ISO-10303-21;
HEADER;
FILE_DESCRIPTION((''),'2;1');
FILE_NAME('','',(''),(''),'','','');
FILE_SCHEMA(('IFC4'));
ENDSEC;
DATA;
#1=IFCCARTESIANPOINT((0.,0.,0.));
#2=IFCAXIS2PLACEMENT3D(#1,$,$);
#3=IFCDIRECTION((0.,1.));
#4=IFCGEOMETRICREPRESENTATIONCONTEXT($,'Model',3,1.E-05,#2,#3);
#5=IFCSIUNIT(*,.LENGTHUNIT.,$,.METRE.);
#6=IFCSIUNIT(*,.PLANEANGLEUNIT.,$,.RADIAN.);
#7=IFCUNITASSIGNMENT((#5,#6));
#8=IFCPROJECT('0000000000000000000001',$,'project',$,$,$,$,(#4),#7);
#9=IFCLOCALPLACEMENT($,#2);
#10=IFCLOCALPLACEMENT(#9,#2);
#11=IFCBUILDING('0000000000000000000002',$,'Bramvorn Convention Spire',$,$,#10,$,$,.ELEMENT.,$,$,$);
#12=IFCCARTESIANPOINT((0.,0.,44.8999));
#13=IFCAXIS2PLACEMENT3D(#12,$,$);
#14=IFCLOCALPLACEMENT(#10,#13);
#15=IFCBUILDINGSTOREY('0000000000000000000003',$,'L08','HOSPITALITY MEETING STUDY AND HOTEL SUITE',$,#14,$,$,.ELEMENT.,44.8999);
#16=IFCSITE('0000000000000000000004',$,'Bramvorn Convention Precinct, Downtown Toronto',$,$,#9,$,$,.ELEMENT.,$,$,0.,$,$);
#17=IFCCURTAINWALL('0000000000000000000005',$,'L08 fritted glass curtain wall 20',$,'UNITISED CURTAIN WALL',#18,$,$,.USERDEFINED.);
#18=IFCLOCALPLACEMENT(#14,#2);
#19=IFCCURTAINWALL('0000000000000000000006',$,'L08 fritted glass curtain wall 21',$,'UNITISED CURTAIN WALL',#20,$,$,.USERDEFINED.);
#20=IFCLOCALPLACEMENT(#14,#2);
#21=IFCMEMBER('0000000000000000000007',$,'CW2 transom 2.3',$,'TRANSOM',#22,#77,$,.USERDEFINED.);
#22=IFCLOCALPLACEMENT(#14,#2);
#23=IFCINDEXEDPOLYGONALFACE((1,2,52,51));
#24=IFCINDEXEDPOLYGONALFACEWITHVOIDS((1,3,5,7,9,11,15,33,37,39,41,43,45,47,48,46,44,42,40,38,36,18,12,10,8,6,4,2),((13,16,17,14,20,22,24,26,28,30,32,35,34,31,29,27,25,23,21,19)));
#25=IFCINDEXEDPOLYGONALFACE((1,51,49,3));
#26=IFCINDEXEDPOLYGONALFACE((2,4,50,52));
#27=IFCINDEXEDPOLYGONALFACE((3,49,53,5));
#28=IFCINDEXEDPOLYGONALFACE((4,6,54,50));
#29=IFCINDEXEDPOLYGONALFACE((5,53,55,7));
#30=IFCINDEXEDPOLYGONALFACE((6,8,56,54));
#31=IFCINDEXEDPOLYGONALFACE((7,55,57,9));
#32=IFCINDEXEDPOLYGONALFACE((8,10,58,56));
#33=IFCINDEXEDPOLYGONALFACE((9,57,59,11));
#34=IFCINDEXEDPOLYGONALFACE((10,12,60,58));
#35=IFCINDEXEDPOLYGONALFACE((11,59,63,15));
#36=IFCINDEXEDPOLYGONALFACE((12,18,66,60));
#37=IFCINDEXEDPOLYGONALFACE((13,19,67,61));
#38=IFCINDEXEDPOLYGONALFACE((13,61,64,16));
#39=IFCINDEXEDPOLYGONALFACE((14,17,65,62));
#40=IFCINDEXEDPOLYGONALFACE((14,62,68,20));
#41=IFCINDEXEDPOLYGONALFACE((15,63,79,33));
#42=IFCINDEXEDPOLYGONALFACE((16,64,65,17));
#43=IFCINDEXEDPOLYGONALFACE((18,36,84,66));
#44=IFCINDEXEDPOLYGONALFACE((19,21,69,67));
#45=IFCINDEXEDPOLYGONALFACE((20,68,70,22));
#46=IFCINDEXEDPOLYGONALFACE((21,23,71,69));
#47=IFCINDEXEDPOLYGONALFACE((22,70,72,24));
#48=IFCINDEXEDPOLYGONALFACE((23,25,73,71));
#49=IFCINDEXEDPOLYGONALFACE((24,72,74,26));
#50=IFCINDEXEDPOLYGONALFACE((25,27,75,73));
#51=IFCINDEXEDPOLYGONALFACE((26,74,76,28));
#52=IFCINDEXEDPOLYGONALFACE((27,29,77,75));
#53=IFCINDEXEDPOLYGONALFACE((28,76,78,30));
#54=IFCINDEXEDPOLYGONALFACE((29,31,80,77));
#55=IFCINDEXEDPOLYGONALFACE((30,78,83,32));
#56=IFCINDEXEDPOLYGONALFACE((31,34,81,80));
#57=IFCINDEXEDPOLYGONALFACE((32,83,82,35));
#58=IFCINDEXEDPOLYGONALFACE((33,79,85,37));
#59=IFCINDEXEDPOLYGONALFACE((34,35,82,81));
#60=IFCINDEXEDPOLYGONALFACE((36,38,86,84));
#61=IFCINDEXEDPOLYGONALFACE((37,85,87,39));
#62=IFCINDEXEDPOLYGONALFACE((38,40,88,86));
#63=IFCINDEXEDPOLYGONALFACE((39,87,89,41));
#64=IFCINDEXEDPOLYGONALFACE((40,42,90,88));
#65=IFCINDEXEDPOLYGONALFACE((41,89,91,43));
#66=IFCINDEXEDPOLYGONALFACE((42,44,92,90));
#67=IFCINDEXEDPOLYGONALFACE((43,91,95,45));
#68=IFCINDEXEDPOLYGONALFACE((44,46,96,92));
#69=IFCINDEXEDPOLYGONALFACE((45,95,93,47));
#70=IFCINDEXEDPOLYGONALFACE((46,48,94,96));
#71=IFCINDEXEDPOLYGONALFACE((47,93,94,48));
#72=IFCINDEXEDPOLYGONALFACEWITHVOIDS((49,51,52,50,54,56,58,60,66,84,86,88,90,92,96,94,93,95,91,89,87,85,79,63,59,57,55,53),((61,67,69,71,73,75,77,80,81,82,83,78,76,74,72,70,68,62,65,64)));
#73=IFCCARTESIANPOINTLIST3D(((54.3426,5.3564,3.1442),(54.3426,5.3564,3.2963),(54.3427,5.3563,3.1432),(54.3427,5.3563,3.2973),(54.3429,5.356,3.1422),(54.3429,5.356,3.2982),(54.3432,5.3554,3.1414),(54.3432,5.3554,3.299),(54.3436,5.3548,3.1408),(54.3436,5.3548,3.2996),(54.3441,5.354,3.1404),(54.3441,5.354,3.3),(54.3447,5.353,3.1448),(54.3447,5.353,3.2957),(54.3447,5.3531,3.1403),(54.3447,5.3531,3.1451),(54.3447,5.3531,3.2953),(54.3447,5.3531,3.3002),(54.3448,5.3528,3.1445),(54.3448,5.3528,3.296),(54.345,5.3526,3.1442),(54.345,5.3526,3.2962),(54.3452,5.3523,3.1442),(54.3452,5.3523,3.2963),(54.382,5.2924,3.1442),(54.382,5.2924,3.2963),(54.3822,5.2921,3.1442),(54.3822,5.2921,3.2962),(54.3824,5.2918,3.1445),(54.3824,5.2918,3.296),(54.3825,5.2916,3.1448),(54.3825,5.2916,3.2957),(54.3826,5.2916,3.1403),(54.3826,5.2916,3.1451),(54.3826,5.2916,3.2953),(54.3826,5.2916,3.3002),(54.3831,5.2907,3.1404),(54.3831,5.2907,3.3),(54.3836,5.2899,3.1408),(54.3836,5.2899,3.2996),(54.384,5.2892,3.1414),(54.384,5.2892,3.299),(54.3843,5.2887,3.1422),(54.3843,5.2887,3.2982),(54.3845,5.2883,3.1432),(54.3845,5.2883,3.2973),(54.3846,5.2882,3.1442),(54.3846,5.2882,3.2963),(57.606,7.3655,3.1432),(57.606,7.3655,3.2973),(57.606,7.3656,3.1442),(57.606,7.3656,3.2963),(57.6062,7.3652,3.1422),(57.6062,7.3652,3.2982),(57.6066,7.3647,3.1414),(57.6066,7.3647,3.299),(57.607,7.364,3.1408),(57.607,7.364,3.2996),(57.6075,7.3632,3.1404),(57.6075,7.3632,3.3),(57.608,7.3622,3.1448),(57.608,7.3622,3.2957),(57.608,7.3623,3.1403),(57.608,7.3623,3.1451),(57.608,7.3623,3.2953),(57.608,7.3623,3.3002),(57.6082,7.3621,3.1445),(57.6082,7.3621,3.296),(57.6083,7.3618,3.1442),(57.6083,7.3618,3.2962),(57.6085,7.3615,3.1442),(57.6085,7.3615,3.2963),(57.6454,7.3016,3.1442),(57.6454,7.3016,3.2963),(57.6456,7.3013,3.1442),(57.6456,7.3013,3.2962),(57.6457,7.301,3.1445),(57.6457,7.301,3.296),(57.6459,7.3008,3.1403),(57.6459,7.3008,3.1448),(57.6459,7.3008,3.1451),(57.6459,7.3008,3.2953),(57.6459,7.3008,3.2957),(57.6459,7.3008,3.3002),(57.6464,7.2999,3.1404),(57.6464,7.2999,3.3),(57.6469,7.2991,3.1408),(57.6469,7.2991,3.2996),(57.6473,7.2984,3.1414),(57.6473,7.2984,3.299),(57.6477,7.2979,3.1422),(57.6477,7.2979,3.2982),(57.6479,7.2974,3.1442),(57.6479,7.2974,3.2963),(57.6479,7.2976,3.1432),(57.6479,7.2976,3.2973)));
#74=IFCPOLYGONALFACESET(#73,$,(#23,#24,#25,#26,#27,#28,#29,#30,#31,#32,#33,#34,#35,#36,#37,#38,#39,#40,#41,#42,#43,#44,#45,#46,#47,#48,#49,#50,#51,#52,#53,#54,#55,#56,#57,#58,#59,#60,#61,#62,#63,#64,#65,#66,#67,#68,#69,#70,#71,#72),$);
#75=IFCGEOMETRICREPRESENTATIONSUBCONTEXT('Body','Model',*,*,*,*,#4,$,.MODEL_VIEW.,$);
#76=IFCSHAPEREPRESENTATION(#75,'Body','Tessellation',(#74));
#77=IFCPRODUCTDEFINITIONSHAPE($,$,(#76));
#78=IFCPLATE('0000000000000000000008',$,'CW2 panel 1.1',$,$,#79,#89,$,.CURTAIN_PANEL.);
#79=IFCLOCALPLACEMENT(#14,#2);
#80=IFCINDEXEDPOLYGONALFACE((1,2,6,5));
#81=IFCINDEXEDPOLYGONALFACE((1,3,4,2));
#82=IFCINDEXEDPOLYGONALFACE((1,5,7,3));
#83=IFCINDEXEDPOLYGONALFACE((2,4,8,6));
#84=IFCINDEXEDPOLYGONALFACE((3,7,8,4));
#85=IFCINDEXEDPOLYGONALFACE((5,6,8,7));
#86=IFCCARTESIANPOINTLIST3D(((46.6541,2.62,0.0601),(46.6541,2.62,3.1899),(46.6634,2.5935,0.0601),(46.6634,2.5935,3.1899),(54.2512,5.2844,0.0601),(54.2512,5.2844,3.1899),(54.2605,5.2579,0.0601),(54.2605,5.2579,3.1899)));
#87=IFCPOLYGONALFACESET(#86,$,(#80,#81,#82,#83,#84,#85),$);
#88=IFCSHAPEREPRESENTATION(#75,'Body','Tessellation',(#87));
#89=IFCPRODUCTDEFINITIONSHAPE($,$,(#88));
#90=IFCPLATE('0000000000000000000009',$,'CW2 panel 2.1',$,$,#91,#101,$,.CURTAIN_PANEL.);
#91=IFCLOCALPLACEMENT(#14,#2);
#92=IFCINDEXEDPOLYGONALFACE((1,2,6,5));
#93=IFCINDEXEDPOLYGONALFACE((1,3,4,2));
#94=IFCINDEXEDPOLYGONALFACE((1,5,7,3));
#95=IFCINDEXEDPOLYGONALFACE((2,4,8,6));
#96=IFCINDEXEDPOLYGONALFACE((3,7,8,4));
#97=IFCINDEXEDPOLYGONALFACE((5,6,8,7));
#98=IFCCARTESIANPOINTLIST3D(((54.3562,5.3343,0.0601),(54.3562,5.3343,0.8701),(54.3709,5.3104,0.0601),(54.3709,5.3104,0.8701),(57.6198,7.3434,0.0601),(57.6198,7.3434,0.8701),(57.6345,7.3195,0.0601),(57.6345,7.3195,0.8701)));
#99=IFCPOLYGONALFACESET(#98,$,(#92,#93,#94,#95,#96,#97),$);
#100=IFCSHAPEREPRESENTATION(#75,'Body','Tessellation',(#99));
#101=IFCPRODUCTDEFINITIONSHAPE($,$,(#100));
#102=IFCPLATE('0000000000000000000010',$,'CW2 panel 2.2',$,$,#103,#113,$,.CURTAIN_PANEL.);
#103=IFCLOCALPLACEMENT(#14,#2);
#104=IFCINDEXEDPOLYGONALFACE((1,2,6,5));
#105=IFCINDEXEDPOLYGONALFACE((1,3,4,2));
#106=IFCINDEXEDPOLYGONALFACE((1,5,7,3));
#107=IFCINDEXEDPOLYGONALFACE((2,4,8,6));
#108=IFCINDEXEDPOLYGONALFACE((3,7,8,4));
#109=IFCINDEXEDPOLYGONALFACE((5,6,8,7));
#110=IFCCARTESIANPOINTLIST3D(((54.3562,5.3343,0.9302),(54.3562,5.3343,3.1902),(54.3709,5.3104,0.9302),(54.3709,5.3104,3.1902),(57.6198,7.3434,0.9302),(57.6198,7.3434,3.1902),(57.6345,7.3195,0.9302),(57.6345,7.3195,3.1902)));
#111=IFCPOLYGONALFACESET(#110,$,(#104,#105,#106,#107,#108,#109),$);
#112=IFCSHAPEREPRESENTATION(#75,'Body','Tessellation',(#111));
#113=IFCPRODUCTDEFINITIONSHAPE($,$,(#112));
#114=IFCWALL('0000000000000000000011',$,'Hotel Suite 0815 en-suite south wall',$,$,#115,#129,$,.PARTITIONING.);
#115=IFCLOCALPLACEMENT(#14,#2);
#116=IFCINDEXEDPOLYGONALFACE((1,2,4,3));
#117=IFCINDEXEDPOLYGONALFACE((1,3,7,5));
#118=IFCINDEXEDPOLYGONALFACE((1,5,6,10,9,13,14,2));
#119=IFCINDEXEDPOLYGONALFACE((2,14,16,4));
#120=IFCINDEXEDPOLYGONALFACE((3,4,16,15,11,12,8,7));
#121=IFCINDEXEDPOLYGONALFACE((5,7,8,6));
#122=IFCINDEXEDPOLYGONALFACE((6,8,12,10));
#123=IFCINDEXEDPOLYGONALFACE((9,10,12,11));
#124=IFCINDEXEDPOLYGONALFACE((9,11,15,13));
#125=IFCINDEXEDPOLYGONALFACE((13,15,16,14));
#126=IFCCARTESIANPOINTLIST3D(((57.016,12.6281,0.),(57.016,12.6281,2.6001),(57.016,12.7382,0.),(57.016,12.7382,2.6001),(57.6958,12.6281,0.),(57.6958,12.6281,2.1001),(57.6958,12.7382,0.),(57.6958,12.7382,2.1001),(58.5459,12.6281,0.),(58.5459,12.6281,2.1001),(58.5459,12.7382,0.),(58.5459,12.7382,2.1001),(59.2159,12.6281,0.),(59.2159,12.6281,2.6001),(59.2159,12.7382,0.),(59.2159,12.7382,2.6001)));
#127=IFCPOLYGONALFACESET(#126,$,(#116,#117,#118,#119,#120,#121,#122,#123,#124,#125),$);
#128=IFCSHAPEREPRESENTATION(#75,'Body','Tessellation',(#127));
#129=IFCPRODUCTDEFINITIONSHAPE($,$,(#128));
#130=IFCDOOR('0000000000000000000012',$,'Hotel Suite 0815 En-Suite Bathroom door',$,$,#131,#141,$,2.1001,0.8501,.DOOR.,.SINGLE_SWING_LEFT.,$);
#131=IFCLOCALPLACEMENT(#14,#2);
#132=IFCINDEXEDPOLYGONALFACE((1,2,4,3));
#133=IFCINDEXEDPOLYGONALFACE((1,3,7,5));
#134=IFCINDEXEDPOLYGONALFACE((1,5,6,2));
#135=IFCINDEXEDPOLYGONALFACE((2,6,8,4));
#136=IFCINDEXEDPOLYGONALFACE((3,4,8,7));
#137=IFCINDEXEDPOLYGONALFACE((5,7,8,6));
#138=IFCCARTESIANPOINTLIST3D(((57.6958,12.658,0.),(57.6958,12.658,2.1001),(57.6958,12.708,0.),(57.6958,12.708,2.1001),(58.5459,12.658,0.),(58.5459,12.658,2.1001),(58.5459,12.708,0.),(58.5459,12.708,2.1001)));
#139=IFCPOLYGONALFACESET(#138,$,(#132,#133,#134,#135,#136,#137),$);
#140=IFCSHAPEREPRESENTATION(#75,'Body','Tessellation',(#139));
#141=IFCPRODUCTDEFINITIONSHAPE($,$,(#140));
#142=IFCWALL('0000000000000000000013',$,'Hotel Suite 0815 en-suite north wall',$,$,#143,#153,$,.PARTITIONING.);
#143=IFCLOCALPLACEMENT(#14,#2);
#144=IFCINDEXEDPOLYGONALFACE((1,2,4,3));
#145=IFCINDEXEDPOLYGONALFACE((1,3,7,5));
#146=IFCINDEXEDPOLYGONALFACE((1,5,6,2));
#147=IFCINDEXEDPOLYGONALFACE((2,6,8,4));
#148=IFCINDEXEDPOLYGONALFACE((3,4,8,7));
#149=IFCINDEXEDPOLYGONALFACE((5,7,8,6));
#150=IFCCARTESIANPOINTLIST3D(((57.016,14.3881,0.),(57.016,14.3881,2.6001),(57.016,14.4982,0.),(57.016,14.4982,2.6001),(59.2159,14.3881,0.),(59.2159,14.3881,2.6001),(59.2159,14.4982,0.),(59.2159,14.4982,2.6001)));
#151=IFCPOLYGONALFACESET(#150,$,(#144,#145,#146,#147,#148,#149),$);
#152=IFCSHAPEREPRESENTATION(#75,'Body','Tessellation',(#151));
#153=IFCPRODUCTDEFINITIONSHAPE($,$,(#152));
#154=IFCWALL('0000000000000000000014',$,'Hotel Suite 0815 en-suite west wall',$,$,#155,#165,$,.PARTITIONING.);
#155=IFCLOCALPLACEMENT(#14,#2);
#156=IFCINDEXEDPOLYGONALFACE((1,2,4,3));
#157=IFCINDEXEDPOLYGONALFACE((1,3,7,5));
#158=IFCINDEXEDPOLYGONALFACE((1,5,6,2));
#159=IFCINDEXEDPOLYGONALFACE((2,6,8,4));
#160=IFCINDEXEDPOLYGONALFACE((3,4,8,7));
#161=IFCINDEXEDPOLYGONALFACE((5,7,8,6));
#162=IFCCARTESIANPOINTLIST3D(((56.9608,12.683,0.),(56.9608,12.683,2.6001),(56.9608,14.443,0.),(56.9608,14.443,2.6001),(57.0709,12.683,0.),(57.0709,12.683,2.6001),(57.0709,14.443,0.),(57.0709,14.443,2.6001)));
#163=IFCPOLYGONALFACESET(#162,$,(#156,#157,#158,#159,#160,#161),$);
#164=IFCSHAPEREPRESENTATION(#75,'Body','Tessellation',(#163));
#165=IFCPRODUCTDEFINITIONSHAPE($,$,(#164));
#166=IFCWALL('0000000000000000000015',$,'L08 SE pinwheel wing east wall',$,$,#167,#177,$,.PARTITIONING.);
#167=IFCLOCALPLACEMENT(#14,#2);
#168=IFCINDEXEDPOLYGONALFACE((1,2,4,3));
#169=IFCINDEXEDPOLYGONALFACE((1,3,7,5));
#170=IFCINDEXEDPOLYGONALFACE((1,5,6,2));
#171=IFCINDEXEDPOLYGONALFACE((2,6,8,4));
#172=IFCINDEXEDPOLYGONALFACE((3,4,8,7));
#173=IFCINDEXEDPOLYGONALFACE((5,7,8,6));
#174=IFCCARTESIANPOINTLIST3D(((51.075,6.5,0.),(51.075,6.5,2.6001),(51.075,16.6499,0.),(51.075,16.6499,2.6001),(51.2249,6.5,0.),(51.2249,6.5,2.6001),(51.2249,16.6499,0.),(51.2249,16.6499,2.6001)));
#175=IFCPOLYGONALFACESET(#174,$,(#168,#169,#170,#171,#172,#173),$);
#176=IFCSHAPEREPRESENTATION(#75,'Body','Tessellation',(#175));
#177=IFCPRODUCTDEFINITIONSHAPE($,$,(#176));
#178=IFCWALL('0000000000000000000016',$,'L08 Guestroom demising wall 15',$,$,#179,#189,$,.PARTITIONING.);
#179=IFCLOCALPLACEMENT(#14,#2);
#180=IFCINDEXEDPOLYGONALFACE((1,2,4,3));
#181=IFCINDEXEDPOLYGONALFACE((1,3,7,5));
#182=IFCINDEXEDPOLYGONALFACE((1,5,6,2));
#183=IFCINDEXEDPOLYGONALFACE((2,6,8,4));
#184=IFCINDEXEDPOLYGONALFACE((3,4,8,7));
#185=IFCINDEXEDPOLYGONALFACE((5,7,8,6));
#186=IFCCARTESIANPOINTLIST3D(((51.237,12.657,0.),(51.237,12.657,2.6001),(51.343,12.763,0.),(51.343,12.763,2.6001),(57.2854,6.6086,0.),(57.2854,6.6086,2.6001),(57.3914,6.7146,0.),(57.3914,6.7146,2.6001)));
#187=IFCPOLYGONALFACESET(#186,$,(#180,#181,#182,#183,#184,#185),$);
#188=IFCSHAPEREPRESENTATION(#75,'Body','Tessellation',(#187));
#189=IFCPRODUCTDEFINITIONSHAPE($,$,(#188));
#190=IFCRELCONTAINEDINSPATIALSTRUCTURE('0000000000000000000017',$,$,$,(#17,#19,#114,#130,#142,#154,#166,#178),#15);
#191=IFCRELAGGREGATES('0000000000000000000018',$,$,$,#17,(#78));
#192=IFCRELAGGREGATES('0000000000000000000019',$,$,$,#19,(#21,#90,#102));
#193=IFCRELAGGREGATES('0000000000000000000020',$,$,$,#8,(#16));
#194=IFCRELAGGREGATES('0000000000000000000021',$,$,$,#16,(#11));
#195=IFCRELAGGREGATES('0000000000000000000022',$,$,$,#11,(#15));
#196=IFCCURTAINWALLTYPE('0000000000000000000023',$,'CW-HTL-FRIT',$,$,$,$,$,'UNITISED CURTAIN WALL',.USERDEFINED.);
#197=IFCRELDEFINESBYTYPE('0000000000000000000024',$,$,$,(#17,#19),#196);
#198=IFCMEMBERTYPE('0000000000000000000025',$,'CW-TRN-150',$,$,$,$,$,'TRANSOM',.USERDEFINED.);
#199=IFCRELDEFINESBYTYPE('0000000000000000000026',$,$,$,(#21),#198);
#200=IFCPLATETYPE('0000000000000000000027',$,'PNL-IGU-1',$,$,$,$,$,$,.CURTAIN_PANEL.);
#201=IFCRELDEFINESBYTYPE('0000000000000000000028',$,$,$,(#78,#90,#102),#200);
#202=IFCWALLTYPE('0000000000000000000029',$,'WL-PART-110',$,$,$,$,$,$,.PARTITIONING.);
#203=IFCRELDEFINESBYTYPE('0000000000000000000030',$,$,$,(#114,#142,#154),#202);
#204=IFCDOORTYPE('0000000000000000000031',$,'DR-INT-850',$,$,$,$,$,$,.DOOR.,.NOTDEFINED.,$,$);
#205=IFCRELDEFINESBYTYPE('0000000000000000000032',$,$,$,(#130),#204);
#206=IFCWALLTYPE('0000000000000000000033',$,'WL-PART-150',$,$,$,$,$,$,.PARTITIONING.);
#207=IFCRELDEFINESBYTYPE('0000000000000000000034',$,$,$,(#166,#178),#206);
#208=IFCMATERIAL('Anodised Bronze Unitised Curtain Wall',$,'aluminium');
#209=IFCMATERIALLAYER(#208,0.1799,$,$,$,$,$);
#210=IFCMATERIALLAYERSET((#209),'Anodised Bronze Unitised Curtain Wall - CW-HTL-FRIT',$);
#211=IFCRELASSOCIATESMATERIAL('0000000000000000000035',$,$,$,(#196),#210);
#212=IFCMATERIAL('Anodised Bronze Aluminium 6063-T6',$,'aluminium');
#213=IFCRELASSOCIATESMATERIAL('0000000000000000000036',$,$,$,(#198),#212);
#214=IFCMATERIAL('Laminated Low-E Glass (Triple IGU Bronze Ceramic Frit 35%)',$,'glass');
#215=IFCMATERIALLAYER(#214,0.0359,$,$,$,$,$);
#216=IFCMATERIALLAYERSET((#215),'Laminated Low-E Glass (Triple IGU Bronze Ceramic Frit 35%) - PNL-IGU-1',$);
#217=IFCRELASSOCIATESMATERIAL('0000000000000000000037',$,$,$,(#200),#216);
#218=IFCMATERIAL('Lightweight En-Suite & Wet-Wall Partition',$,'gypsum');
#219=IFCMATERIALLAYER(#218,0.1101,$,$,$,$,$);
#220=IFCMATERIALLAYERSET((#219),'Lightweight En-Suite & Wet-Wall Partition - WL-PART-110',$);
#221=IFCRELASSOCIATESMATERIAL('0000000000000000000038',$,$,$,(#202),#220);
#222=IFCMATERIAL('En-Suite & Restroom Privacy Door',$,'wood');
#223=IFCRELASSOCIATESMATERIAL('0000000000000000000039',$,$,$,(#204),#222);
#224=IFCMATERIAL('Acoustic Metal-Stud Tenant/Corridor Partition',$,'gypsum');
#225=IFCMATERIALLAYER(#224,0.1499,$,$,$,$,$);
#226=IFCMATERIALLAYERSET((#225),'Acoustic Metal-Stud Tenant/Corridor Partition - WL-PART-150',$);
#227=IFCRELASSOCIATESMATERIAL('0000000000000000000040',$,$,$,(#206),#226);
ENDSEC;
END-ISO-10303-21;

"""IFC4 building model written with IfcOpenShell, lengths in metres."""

from ifc_helpers import new_model, si_unit, direction, frame, frame_2d, origin, origin_2d, place, context, subcontext, project, spatial, rectangle, hollow_rectangle, extrude, material, layer, layer_set, material_profile, profile_set, type_object, element, fill, aggregate, save


model = new_model("IFC4")

# Units and contexts
model_context = context("Model", 3, precision=1e-05, world=origin(), true_north=direction((0.0, 1.0)))
body_context = subcontext(model_context, "Body", "Model", "MODEL_VIEW")
ifc_project = project(units=[si_unit("LENGTHUNIT", "METRE"), si_unit("PLANEANGLEUNIT", "RADIAN")], contexts=[model_context])

# Site, building, storey
site_placement = place(None, origin())
site = spatial("IfcSite", under=ifc_project, at=site_placement, Name="Bramvorn Convention Precinct, Downtown Toronto", CompositionType="ELEMENT", RefElevation=0.0)
building_placement = place(site_placement, origin())
building = spatial("IfcBuilding", under=site, at=building_placement, Name="Bramvorn Convention Spire", CompositionType="ELEMENT")
storey_placement = place(building_placement, frame((0.0, 0.0, 44.8999)))
storey = spatial("IfcBuildingStorey", under=building, at=storey_placement, Name="L08", Description="HOSPITALITY MEETING STUDY AND HOTEL SUITE", CompositionType="ELEMENT", Elevation=44.8999)

# Curtain walls
ifc_material_1 = material(Name="Anodised Bronze Unitised Curtain Wall", Category="aluminium")
ifc_layer_1 = layer(ifc_material_1, 0.1799)
ifc_layer_set_1 = layer_set([ifc_layer_1], Name="Anodised Bronze Unitised Curtain Wall - CW-HTL-FRIT")
curtain_wall_type = type_object("IfcCurtainWallType", Name="CW-HTL-FRIT", ElementType="UNITISED CURTAIN WALL", PredefinedType="USERDEFINED", material=ifc_layer_set_1)
curtain_wall_1_placement = place(storey_placement, origin())
curtain_wall_1 = element("IfcCurtainWall", 1, at=curtain_wall_1_placement, inside=storey, type_object=curtain_wall_type, Name="L08 fritted glass curtain wall 20", ObjectType="UNITISED CURTAIN WALL", PredefinedType="USERDEFINED")
ifc_material_2 = material(Name="Anodised Bronze Aluminium 6063-T6", Category="aluminium")
curtain_wall_2_placement = place(storey_placement, origin())
curtain_wall_2 = element("IfcCurtainWall", 2, at=curtain_wall_2_placement, inside=storey, type_object=curtain_wall_type, Name="L08 fritted glass curtain wall 21", ObjectType="UNITISED CURTAIN WALL", PredefinedType="USERDEFINED")

# Member
ifc_material_profile_1 = material_profile(ifc_material_2, hollow_rectangle(XDim=0.0801, YDim=0.1599, WallThickness=0.0039, InnerFilletRadius=0.001, OuterFilletRadius=0.0039, at=origin_2d()))
ifc_profile_set_1 = profile_set([ifc_material_profile_1], Name="Anodised Bronze Aluminium 6063-T6 - CWT80X160")
member_type_1 = type_object("IfcMemberType", Name="CW-TRN-150", ElementType="TRANSOM", PredefinedType="USERDEFINED", material=ifc_profile_set_1)
member_1_placement = place(storey_placement, frame((57.627, 7.3315, 3.2202), z_axis=(-0.85154, -0.524289, 0.0), x_axis=(0.524289, -0.85154, 0.0)))
member_1 = element("IfcMember", 3, at=member_1_placement, type_object=member_type_1, Name="CW2 transom 2.3", ObjectType="TRANSOM", PredefinedType="USERDEFINED", context=body_context, shape_type="SweptSolid", body=[
    extrude(hollow_rectangle(XDim=0.0801, YDim=0.1599, WallThickness=0.0039, InnerFilletRadius=0.001, OuterFilletRadius=0.0039, at=origin_2d()), origin(), (0.0, 0.0, 1.0), 3.8323),
])

# Plates
ifc_material_3 = material(Name="Laminated Low-E Glass (Triple IGU Bronze Ceramic Frit 35%)", Category="glass")
ifc_layer_2 = layer(ifc_material_3, 0.0359)
ifc_layer_set_2 = layer_set([ifc_layer_2], Name="Laminated Low-E Glass (Triple IGU Bronze Ceramic Frit 35%) - PNL-IGU-1")
plate_type = type_object("IfcPlateType", Name="PNL-IGU-1", PredefinedType="CURTAIN_PANEL", material=ifc_layer_set_2)
plate_1_placement = place(storey_placement, frame((50.4573, 3.939, 0.0601), z_axis=(0.0, 0.0, 1.0), x_axis=(-0.94365, -0.330946, 0.0)))
plate_1 = element("IfcPlate", 4, at=plate_1_placement, type_object=plate_type, Name="CW2 panel 1.1", PredefinedType="CURTAIN_PANEL", context=body_context, shape_type="SweptSolid", body=[
    extrude(rectangle(XDim=8.0508, YDim=0.0281, at=origin_2d()), origin(), (0.0, 0.0, 1.0), 3.1299),
])
aggregate(curtain_wall_1, [plate_1])
plate_2_placement = place(storey_placement, frame((55.9954, 6.3269, 0.0601), z_axis=(0.0, 0.0, 1.0), x_axis=(-0.851568, -0.524244, 0.0)))
plate_2 = element("IfcPlate", 5, at=plate_2_placement, type_object=plate_type, Name="CW2 panel 2.1", PredefinedType="CURTAIN_PANEL", context=body_context, shape_type="SweptSolid", body=[
    extrude(rectangle(XDim=3.8325, YDim=0.0281, at=origin_2d()), origin(), (0.0, 0.0, 1.0), 0.8101),
])
plate_3_placement = place(storey_placement, frame((55.9954, 6.3269, 0.9302), z_axis=(0.0, 0.0, 1.0), x_axis=(-0.851568, -0.524244, 0.0)))
plate_3 = element("IfcPlate", 6, at=plate_3_placement, type_object=plate_type, Name="CW2 panel 2.2", PredefinedType="CURTAIN_PANEL", context=body_context, shape_type="SweptSolid", body=[
    extrude(rectangle(XDim=3.8325, YDim=0.0281, at=origin_2d()), origin(), (0.0, 0.0, 1.0), 2.26),
])
aggregate(curtain_wall_2, [member_1, plate_2, plate_3])

# Wall, opening, door
ifc_material_4 = material(Name="Lightweight En-Suite & Wet-Wall Partition", Category="gypsum")
ifc_layer_3 = layer(ifc_material_4, 0.1101)
ifc_layer_set_3 = layer_set([ifc_layer_3], Name="Lightweight En-Suite & Wet-Wall Partition - WL-PART-110")
wall_type_1 = type_object("IfcWallType", Name="WL-PART-110", PredefinedType="PARTITIONING", material=ifc_layer_set_3)
wall_1_placement = place(storey_placement, frame((57.0159, 12.6831, 0.0), z_axis=(0.0, 0.0, 1.0), x_axis=(1.0, 0.0, 0.0)))
wall_1 = element("IfcWall", 7, at=wall_1_placement, inside=storey, type_object=wall_type_1, Name="Hotel Suite 0815 en-suite south wall", PredefinedType="PARTITIONING", context=body_context, shape_type="SweptSolid", body=[
    extrude(rectangle(XDim=2.2, YDim=0.1101, at=frame_2d((1.1001, 0.0))), origin(), (0.0, 0.0, 1.0), 2.6001),
])
opening_1_placement = place(wall_1_placement, frame((0.6799, 0.0, 0.0)))
opening_1 = element("IfcOpeningElement", 8, at=opening_1_placement, cuts=wall_1, PredefinedType="OPENING", context=body_context, shape_type="SweptSolid", body=[
    extrude(rectangle(XDim=0.8501, YDim=2.1001, at=frame_2d((0.425, 1.05))), frame((0.0, 0.0649, 0.0), z_axis=(0.0, -1.0, 0.0), x_axis=(1.0, 0.0, 0.0)), (0.0, 0.0, 1.0), 0.1301),
])
ifc_material_5 = material(Name="En-Suite & Restroom Privacy Door", Category="wood")
door_type_1 = type_object("IfcDoorType", Name="DR-INT-850", OperationType="NOTDEFINED", PredefinedType="DOOR", material=ifc_material_5)
door_1_placement = place(opening_1_placement, origin())
door_1 = element("IfcDoor", 9, at=door_1_placement, inside=storey, type_object=door_type_1, Name="Hotel Suite 0815 En-Suite Bathroom door", OperationType="SINGLE_SWING_LEFT", OverallHeight=2.1001, OverallWidth=0.8501, PredefinedType="DOOR", context=body_context, shape_type="SweptSolid", body=[
    extrude(rectangle(XDim=0.8501, YDim=2.1001, at=frame_2d((0.425, 1.05))), frame((0.0, 0.0249, 0.0), z_axis=(0.0, -1.0, 0.0), x_axis=(1.0, 0.0, 0.0)), (0.0, 0.0, 1.0), 0.05),
])
fill(opening_1, door_1)

# Walls
wall_2_placement = place(storey_placement, frame((57.0159, 14.4431, 0.0), z_axis=(0.0, 0.0, 1.0), x_axis=(1.0, 0.0, 0.0)))
element("IfcWall", 10, at=wall_2_placement, inside=storey, type_object=wall_type_1, Name="Hotel Suite 0815 en-suite north wall", PredefinedType="PARTITIONING", context=body_context, shape_type="SweptSolid", body=[
    extrude(rectangle(XDim=2.2, YDim=0.1101, at=frame_2d((1.1001, 0.0))), origin(), (0.0, 0.0, 1.0), 2.6001),
])
wall_3_placement = place(storey_placement, frame((57.0159, 12.6831, 0.0), z_axis=(0.0, 0.0, 1.0), x_axis=(0.0, 1.0, 0.0)))
element("IfcWall", 11, at=wall_3_placement, inside=storey, type_object=wall_type_1, Name="Hotel Suite 0815 en-suite west wall", PredefinedType="PARTITIONING", context=body_context, shape_type="SweptSolid", body=[
    extrude(rectangle(XDim=1.76, YDim=0.1101, at=frame_2d((0.8799, 0.0))), origin(), (0.0, 0.0, 1.0), 2.6001),
])

# Shared definitions
ifc_material_6 = material(Name="Acoustic Metal-Stud Tenant/Corridor Partition", Category="gypsum")
ifc_layer_4 = layer(ifc_material_6, 0.1499)
ifc_layer_set_4 = layer_set([ifc_layer_4], Name="Acoustic Metal-Stud Tenant/Corridor Partition - WL-PART-150")
wall_type_2 = type_object("IfcWallType", Name="WL-PART-150", PredefinedType="PARTITIONING", material=ifc_layer_set_4)

# Walls
wall_4_placement = place(storey_placement, frame((51.1499, 6.5, 0.0), z_axis=(0.0, 0.0, 1.0), x_axis=(0.0, 1.0, 0.0)))
element("IfcWall", 12, at=wall_4_placement, inside=storey, type_object=wall_type_2, Name="L08 SE pinwheel wing east wall", PredefinedType="PARTITIONING", context=body_context, shape_type="SweptSolid", body=[
    extrude(rectangle(XDim=10.1499, YDim=0.1499, at=frame_2d((5.075, 0.0))), origin(), (0.0, 0.0, 1.0), 2.6001),
])
wall_5_placement = place(storey_placement, frame((51.29, 12.71, 0.0), z_axis=(0.0, 0.0, 1.0), x_axis=(0.707107, -0.707107, 0.0)))
element("IfcWall", 13, at=wall_5_placement, inside=storey, type_object=wall_type_2, Name="L08 Guestroom demising wall 15", PredefinedType="PARTITIONING", context=body_context, shape_type="SweptSolid", body=[
    extrude(rectangle(XDim=8.5537, YDim=0.1499, at=frame_2d((4.2769, 0.0))), origin(), (0.0, 0.0, 1.0), 2.6001),
])

save(model, "model.ifc")
